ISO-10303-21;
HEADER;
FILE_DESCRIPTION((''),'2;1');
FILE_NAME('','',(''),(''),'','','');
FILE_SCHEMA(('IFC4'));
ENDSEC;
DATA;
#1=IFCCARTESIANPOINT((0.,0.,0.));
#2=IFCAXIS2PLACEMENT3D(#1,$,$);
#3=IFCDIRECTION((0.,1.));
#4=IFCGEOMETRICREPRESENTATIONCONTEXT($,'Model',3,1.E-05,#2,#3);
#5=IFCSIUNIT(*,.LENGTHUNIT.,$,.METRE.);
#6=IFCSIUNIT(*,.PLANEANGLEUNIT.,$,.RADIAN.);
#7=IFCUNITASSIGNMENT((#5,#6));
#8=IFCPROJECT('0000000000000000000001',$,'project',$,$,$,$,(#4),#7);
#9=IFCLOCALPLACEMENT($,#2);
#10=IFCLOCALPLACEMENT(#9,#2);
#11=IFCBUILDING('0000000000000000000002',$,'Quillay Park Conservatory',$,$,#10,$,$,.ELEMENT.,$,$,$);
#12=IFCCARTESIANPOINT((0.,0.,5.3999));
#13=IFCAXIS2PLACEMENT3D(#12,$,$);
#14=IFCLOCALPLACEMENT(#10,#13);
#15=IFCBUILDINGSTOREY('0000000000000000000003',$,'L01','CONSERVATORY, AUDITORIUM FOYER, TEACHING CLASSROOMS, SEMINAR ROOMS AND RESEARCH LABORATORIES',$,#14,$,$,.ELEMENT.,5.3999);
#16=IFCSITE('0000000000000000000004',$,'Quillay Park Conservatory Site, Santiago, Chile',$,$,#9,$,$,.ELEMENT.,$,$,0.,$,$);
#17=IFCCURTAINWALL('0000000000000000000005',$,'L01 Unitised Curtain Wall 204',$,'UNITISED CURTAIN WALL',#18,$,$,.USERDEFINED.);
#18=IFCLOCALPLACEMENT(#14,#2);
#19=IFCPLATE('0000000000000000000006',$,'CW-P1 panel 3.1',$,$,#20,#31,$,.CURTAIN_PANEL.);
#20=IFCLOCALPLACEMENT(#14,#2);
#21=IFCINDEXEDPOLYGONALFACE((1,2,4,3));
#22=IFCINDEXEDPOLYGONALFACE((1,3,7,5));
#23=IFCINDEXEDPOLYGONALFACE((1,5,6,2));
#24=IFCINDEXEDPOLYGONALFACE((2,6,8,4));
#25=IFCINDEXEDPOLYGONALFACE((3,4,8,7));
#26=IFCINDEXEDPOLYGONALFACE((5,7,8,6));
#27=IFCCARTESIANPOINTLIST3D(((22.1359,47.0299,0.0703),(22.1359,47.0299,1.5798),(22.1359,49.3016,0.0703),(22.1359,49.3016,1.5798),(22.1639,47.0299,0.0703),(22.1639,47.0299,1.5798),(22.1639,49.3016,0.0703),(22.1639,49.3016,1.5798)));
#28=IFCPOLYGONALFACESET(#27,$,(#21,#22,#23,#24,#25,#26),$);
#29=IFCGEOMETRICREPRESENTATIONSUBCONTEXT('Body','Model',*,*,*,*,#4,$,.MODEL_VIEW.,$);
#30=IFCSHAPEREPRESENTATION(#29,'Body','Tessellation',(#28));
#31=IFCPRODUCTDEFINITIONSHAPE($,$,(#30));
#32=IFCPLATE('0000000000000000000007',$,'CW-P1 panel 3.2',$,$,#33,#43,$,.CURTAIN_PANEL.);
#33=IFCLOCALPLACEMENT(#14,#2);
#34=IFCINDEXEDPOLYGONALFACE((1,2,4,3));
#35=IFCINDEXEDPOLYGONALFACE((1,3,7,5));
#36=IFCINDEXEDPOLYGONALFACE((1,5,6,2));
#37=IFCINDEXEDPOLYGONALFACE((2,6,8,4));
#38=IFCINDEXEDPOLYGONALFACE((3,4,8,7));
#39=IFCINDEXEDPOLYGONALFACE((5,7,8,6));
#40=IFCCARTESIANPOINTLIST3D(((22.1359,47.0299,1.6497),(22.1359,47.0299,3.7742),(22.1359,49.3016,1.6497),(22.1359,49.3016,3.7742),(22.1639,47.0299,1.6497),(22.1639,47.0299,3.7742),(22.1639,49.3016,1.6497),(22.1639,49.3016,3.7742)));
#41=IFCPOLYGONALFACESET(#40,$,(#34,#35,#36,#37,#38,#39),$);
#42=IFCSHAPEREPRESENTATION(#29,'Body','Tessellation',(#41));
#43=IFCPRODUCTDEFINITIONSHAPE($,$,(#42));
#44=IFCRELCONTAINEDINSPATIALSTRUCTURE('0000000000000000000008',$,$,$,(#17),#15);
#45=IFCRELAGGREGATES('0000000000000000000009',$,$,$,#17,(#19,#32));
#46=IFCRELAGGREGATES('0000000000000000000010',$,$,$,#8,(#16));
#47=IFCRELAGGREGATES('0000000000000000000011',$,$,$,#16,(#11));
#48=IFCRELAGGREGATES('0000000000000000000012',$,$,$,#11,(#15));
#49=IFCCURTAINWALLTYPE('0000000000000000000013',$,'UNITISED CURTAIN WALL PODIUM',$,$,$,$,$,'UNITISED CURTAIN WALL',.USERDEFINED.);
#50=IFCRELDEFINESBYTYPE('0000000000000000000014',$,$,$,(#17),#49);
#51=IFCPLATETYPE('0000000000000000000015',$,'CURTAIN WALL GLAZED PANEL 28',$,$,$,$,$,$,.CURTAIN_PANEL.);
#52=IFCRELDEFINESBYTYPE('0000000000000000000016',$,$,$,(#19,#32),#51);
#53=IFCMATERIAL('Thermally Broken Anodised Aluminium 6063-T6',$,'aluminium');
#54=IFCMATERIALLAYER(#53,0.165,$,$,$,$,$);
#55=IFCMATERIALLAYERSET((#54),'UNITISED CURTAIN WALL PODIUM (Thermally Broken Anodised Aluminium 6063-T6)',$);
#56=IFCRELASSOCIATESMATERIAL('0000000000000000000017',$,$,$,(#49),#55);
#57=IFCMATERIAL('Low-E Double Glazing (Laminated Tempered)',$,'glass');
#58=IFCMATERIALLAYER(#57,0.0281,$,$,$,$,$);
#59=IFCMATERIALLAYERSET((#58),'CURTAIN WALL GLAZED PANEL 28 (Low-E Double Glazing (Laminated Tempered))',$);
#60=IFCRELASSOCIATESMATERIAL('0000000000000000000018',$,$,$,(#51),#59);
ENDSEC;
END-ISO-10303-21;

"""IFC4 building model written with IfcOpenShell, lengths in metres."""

from ifc_helpers import new_model, si_unit, direction, frame, origin, origin_2d, place, context, subcontext, project, spatial, rectangle, extrude, material, layer, layer_set, type_object, element, aggregate, save


model = new_model("IFC4")

# Units and contexts
model_context = context("Model", 3, precision=1e-05, world=origin(), true_north=direction((0.0, 1.0)))
body_context = subcontext(model_context, "Body", "Model", "MODEL_VIEW")
ifc_project = project(units=[si_unit("LENGTHUNIT", "METRE"), si_unit("PLANEANGLEUNIT", "RADIAN")], contexts=[model_context])

# Site, building, storey
site_placement = place(None, origin())
site = spatial("IfcSite", under=ifc_project, at=site_placement, Name="Quillay Park Conservatory Site, Santiago, Chile", CompositionType="ELEMENT", RefElevation=0.0)
building_placement = place(site_placement, origin())
building = spatial("IfcBuilding", under=site, at=building_placement, Name="Quillay Park Conservatory", CompositionType="ELEMENT")
storey_placement = place(building_placement, frame((0.0, 0.0, 5.3999)))
storey = spatial("IfcBuildingStorey", under=building, at=storey_placement, Name="L01", Description="CONSERVATORY, AUDITORIUM FOYER, TEACHING CLASSROOMS, SEMINAR ROOMS AND RESEARCH LABORATORIES", CompositionType="ELEMENT", Elevation=5.3999)

# Curtain wall
ifc_material_1 = material(Name="Thermally Broken Anodised Aluminium 6063-T6", Category="aluminium")
ifc_layer_1 = layer(ifc_material_1, 0.165)
ifc_layer_set_1 = layer_set([ifc_layer_1], Name="UNITISED CURTAIN WALL PODIUM (Thermally Broken Anodised Aluminium 6063-T6)")
curtain_wall_type = type_object("IfcCurtainWallType", Name="UNITISED CURTAIN WALL PODIUM", ElementType="UNITISED CURTAIN WALL", PredefinedType="USERDEFINED", material=ifc_layer_set_1)
curtain_wall_1_placement = place(storey_placement, origin())
curtain_wall_1 = element("IfcCurtainWall", 1, at=curtain_wall_1_placement, inside=storey, type_object=curtain_wall_type, Name="L01 Unitised Curtain Wall 204", ObjectType="UNITISED CURTAIN WALL", PredefinedType="USERDEFINED")

# Plates
ifc_material_2 = material(Name="Low-E Double Glazing (Laminated Tempered)", Category="glass")
ifc_layer_2 = layer(ifc_material_2, 0.0281)
ifc_layer_set_2 = layer_set([ifc_layer_2], Name="CURTAIN WALL GLAZED PANEL 28 (Low-E Double Glazing (Laminated Tempered))")
plate_type = type_object("IfcPlateType", Name="CURTAIN WALL GLAZED PANEL 28", PredefinedType="CURTAIN_PANEL", material=ifc_layer_set_2)
plate_1_placement = place(storey_placement, frame((22.1499, 48.1658, 0.0703), z_axis=(0.0, 0.0, 1.0), x_axis=(0.0, -1.0, 0.0)))
plate_1 = element("IfcPlate", 2, at=plate_1_placement, type_object=plate_type, Name="CW-P1 panel 3.1", PredefinedType="CURTAIN_PANEL", context=body_context, shape_type="SweptSolid", body=[
    extrude(rectangle(XDim=2.2717, YDim=0.0281, at=origin_2d()), origin(), (0.0, 0.0, 1.0), 1.5095),
])
plate_2_placement = place(storey_placement, frame((22.1499, 48.1658, 1.6497), z_axis=(0.0, 0.0, 1.0), x_axis=(0.0, -1.0, 0.0)))
plate_2 = element("IfcPlate", 3, at=plate_2_placement, type_object=plate_type, Name="CW-P1 panel 3.2", PredefinedType="CURTAIN_PANEL", context=body_context, shape_type="SweptSolid", body=[
    extrude(rectangle(XDim=2.2717, YDim=0.0281, at=origin_2d()), origin(), (0.0, 0.0, 1.0), 2.1245),
])
aggregate(curtain_wall_1, [plate_1, plate_2])

save(model, "model.ifc")
